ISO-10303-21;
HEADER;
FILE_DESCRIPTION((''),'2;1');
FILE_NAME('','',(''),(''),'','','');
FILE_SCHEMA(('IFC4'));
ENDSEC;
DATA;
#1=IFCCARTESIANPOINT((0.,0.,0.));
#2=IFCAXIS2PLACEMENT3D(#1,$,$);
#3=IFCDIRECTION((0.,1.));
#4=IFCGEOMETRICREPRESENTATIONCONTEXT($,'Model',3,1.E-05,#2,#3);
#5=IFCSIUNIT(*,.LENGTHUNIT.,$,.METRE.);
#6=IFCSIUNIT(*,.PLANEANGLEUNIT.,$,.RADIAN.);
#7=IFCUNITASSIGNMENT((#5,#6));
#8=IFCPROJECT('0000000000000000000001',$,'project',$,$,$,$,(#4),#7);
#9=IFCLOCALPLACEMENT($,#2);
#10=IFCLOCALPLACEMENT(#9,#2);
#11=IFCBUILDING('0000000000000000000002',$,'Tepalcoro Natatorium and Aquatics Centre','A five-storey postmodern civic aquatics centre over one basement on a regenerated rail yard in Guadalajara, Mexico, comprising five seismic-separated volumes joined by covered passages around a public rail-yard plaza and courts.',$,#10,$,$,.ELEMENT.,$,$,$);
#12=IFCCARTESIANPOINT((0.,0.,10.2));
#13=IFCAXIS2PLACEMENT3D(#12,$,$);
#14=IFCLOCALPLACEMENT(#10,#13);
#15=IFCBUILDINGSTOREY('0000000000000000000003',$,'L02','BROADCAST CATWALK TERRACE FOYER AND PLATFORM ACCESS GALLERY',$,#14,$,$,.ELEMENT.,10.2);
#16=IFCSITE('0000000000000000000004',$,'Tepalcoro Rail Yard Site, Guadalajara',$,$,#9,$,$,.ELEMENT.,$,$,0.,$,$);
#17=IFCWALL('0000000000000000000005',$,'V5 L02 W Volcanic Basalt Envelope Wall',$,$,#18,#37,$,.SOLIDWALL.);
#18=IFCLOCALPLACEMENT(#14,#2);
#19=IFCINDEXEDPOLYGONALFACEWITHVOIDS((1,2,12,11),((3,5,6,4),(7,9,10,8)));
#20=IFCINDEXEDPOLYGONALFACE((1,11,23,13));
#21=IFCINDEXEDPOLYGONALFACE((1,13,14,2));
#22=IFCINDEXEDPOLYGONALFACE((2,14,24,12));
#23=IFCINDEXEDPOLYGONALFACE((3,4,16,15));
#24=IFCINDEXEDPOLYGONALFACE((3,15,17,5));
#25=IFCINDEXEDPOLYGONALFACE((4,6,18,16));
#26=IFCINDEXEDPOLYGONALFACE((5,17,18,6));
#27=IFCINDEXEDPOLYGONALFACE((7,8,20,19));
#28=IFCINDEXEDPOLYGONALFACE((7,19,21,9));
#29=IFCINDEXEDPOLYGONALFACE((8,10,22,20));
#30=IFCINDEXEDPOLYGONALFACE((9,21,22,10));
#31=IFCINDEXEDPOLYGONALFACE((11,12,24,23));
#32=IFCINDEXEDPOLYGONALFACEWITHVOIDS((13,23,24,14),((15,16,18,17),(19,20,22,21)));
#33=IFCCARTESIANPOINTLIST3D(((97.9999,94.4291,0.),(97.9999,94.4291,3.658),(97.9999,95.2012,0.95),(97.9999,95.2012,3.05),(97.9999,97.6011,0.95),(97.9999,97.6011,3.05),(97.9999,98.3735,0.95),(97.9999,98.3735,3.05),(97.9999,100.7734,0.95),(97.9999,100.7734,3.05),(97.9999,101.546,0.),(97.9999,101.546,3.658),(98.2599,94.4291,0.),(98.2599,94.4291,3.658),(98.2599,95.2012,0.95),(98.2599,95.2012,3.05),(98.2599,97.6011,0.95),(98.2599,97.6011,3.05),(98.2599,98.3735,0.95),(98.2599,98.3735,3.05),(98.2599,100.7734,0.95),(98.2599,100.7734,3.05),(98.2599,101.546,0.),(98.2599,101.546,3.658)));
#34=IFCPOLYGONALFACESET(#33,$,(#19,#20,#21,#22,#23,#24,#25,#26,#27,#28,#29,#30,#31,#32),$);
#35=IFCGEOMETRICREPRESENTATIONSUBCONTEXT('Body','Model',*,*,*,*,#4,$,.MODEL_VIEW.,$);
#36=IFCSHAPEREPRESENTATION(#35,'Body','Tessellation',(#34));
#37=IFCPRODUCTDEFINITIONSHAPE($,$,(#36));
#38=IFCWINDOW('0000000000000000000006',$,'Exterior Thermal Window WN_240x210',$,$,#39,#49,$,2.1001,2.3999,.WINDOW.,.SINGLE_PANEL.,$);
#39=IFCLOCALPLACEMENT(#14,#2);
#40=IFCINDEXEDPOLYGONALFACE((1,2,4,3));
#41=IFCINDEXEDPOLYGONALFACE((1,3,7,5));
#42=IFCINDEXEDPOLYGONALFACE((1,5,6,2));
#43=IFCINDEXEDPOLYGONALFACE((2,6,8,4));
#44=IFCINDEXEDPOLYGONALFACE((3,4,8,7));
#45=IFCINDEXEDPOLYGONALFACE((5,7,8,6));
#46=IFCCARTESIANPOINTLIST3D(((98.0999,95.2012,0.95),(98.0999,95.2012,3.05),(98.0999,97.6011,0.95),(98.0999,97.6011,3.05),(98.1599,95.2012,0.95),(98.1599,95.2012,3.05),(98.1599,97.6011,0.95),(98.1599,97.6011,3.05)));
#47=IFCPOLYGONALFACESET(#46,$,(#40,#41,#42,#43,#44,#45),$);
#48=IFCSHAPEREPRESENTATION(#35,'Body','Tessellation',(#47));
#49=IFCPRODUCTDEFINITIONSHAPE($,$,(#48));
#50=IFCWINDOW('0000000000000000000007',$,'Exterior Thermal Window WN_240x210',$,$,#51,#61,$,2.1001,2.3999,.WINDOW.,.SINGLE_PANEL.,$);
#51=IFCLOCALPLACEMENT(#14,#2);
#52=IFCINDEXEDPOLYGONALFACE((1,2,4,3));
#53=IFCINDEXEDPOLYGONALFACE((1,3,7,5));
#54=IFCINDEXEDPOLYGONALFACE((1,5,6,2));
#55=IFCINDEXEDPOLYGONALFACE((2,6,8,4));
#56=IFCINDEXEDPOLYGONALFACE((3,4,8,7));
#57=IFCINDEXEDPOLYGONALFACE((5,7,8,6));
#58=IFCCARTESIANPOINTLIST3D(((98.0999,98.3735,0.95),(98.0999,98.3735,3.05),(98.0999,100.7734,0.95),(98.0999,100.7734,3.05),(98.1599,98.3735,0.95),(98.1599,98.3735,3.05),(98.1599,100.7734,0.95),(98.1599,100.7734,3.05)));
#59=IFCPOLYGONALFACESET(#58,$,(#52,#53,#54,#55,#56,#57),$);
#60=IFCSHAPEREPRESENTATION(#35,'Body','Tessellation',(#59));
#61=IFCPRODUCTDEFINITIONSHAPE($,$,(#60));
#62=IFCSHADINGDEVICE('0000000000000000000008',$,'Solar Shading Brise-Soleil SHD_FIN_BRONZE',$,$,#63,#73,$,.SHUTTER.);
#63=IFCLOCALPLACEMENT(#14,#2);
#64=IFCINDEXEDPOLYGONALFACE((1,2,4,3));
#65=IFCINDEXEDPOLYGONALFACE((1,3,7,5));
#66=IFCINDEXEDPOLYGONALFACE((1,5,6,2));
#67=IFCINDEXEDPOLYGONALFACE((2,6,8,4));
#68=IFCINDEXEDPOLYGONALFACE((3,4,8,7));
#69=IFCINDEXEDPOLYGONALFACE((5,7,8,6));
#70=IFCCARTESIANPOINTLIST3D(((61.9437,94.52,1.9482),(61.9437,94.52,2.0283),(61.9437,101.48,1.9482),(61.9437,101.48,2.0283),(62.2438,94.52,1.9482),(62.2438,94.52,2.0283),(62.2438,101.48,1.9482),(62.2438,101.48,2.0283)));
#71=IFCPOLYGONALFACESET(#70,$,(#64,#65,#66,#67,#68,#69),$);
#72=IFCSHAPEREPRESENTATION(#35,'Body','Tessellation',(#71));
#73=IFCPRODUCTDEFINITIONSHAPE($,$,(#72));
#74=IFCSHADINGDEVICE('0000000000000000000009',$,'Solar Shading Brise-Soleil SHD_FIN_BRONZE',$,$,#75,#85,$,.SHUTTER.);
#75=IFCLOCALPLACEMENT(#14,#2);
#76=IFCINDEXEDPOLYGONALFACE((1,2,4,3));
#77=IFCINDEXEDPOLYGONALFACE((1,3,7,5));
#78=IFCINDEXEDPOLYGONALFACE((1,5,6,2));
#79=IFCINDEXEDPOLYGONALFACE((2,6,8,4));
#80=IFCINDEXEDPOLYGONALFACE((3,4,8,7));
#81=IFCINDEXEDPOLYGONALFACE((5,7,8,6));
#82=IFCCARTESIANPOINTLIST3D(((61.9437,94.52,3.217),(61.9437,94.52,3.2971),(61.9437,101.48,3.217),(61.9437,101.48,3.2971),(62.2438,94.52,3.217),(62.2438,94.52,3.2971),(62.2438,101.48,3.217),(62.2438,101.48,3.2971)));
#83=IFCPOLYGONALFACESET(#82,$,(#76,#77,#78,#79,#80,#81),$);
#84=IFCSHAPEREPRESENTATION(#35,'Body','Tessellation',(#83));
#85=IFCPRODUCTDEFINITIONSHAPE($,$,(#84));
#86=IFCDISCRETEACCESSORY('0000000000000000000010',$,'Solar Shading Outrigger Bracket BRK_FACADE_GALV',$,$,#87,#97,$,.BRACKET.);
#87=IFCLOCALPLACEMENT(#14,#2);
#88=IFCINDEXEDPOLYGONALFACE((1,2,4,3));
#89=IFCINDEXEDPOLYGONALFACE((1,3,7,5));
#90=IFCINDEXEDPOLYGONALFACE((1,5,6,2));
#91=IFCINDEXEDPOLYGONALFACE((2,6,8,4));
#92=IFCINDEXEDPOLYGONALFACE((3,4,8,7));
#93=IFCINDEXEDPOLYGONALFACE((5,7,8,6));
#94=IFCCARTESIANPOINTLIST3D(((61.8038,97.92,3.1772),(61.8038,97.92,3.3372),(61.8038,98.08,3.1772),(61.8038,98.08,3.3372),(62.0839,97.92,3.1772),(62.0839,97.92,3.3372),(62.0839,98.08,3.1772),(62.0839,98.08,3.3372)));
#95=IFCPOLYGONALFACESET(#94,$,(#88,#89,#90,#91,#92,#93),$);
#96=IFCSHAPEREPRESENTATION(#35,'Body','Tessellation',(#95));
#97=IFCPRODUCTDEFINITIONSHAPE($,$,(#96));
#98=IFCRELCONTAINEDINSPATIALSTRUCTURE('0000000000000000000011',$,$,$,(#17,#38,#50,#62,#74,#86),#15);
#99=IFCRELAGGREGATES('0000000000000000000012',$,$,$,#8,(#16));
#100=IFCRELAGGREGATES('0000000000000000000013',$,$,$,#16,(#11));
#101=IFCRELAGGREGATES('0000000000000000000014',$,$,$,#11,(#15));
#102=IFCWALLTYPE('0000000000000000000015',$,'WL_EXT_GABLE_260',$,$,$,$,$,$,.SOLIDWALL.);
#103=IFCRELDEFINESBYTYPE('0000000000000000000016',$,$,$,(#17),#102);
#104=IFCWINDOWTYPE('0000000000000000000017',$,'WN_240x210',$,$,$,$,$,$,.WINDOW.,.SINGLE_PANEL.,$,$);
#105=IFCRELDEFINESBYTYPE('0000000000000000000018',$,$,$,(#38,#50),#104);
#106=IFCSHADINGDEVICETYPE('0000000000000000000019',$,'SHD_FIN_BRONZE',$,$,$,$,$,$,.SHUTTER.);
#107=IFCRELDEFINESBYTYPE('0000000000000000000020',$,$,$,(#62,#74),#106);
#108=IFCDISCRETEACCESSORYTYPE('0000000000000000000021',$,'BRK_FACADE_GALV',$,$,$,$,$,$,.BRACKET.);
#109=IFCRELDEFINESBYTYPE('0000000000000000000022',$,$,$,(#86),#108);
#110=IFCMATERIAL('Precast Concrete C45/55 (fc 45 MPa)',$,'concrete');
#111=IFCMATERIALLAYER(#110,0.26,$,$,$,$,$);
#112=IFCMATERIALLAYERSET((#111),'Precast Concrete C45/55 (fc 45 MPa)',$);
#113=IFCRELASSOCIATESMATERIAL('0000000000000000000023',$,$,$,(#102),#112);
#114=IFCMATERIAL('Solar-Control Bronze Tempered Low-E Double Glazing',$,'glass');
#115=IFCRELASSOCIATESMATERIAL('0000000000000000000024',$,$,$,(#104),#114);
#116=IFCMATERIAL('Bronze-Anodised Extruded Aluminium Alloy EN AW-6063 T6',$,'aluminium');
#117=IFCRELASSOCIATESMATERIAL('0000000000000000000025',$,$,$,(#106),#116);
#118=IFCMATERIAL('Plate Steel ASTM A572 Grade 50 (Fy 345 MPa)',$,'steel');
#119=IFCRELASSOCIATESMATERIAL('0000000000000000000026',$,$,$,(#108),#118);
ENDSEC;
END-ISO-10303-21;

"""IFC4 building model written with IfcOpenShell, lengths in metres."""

from ifc_helpers import new_model, si_unit, direction, frame, frame_2d, origin, origin_2d, place, context, subcontext, project, spatial, rectangle, extrude, material, layer, layer_set, type_object, element, fill, save


model = new_model("IFC4")

# Units and contexts
model_context = context("Model", 3, precision=1e-05, world=origin(), true_north=direction((0.0, 1.0)))
body_context = subcontext(model_context, "Body", "Model", "MODEL_VIEW")
ifc_project = project(units=[si_unit("LENGTHUNIT", "METRE"), si_unit("PLANEANGLEUNIT", "RADIAN")], contexts=[model_context])

# Site, building, storey
site_placement = place(None, origin())
site = spatial("IfcSite", under=ifc_project, at=site_placement, Name="Tepalcoro Rail Yard Site, Guadalajara", CompositionType="ELEMENT", RefElevation=0.0)
building_placement = place(site_placement, origin())
building = spatial("IfcBuilding", under=site, at=building_placement, Name="Tepalcoro Natatorium and Aquatics Centre", Description="A five-storey postmodern civic aquatics centre over one basement on a regenerated rail yard in Guadalajara, Mexico, comprising five seismic-separated volumes joined by covered passages around a public rail-yard plaza and courts.", CompositionType="ELEMENT")
storey_placement = place(building_placement, frame((0.0, 0.0, 10.2)))
storey = spatial("IfcBuildingStorey", under=building, at=storey_placement, Name="L02", Description="BROADCAST CATWALK TERRACE FOYER AND PLATFORM ACCESS GALLERY", CompositionType="ELEMENT", Elevation=10.2)

# Shared definitions
ifc_material_1 = material(Name="Bronze-Anodised Extruded Aluminium Alloy EN AW-6063 T6", Category="aluminium")

# Shared definitions
ifc_material_2 = material(Name="Solar-Control Bronze Tempered Low-E Double Glazing", Category="glass")

# Wall, openings, windows
ifc_material_3 = material(Name="Precast Concrete C45/55 (fc 45 MPa)", Category="concrete")
ifc_layer_1 = layer(ifc_material_3, 0.26)
ifc_layer_set_1 = layer_set([ifc_layer_1], Name="Precast Concrete C45/55 (fc 45 MPa)")
wall_type = type_object("IfcWallType", Name="WL_EXT_GABLE_260", PredefinedType="SOLIDWALL", material=ifc_layer_set_1)
wall_placement = place(storey_placement, frame((98.1299, 94.429, 0.0), z_axis=(0.0, 0.0, 1.0), x_axis=(0.0, 1.0, 0.0)))
wall = element("IfcWall", 1, at=wall_placement, inside=storey, type_object=wall_type, Name="V5 L02 W Volcanic Basalt Envelope Wall", PredefinedType="SOLIDWALL", context=body_context, shape_type="SweptSolid", body=[
    extrude(rectangle(XDim=7.1169, YDim=0.26, at=frame_2d((3.5586, 0.0))), origin(), (0.0, 0.0, 1.0), 3.658),
])
opening_1_placement = place(wall_placement, frame((0.7722, 0.0, 0.95)))
opening_1 = element("IfcOpeningElement", 2, at=opening_1_placement, cuts=wall, PredefinedType="OPENING", context=body_context, shape_type="SweptSolid", body=[
    extrude(rectangle(XDim=2.3999, YDim=2.1001, at=frame_2d((1.2, 1.05))), frame((0.0, 0.1421, 0.0), z_axis=(0.0, -1.0, 0.0), x_axis=(1.0, 0.0, 0.0)), (0.0, 0.0, 1.0), 0.2839),
])
opening_2_placement = place(wall_placement, frame((3.9446, 0.0, 0.95)))
opening_2 = element("IfcOpeningElement", 3, at=opening_2_placement, cuts=wall, PredefinedType="OPENING", context=body_context, shape_type="SweptSolid", body=[
    extrude(rectangle(XDim=2.3999, YDim=2.1001, at=frame_2d((1.2, 1.05))), frame((0.0, 0.1421, 0.0), z_axis=(0.0, -1.0, 0.0), x_axis=(1.0, 0.0, 0.0)), (0.0, 0.0, 1.0), 0.2839),
])
window_type = type_object("IfcWindowType", Name="WN_240x210", PartitioningType="SINGLE_PANEL", PredefinedType="WINDOW", material=ifc_material_2)
window_1_placement = place(opening_1_placement, origin())
window_1 = element("IfcWindow", 4, at=window_1_placement, inside=storey, type_object=window_type, Name="Exterior Thermal Window WN_240x210", OverallHeight=2.1001, OverallWidth=2.3999, PartitioningType="SINGLE_PANEL", PredefinedType="WINDOW", context=body_context, shape_type="SweptSolid", body=[
    extrude(rectangle(XDim=2.3999, YDim=2.1001, at=frame_2d((1.2, 1.05))), frame((0.0, 0.03, 0.0), z_axis=(0.0, -1.0, 0.0), x_axis=(1.0, 0.0, 0.0)), (0.0, 0.0, 1.0), 0.0601),
])
fill(opening_1, window_1)
window_2_placement = place(opening_2_placement, origin())
window_2 = element("IfcWindow", 5, at=window_2_placement, inside=storey, type_object=window_type, Name="Exterior Thermal Window WN_240x210", OverallHeight=2.1001, OverallWidth=2.3999, PartitioningType="SINGLE_PANEL", PredefinedType="WINDOW", context=body_context, shape_type="SweptSolid", body=[
    extrude(rectangle(XDim=2.3999, YDim=2.1001, at=frame_2d((1.2, 1.05))), frame((0.0, 0.03, 0.0), z_axis=(0.0, -1.0, 0.0), x_axis=(1.0, 0.0, 0.0)), (0.0, 0.0, 1.0), 0.0601),
])
fill(opening_2, window_2)

# Shading devices
shading_device_type = type_object("IfcShadingDeviceType", Name="SHD_FIN_BRONZE", PredefinedType="SHUTTER", material=ifc_material_1)
for number, where, z_axis, x_axis, name in (
    (6, (62.0938, 98.0, 1.9482), (0.0, 0.0, 1.0), (1.0, 0.0, 0.0), "Solar Shading Brise-Soleil SHD_FIN_BRONZE"),
    (7, (62.0938, 98.0, 3.217), (0.0, 0.0, 1.0), (1.0, 0.0, 0.0), "Solar Shading Brise-Soleil SHD_FIN_BRONZE"),
):
    element("IfcShadingDevice", number, at=place(storey_placement, frame(where, z_axis=z_axis, x_axis=x_axis)), inside=storey, type_object=shading_device_type, Name=name, PredefinedType="SHUTTER", context=body_context, shape_type="SweptSolid", body=[
        extrude(rectangle(XDim=0.3, YDim=6.96, at=origin_2d()), origin(), (0.0, 0.0, 1.0), 0.0801),
    ])

# Discrete accessory
ifc_material_4 = material(Name="Plate Steel ASTM A572 Grade 50 (Fy 345 MPa)", Category="steel")
discrete_accessory_type = type_object("IfcDiscreteAccessoryType", Name="BRK_FACADE_GALV", PredefinedType="BRACKET", material=ifc_material_4)
discrete_accessory_placement = place(storey_placement, frame((61.9438, 98.0, 3.1772), z_axis=(0.0, 0.0, 1.0), x_axis=(1.0, 0.0, 0.0)))
element("IfcDiscreteAccessory", 8, at=discrete_accessory_placement, inside=storey, type_object=discrete_accessory_type, Name="Solar Shading Outrigger Bracket BRK_FACADE_GALV", PredefinedType="BRACKET", context=body_context, shape_type="SweptSolid", body=[
    extrude(rectangle(XDim=0.28, YDim=0.1599, at=origin_2d()), origin(), (0.0, 0.0, 1.0), 0.1599),
])

save(model, "model.ifc")
